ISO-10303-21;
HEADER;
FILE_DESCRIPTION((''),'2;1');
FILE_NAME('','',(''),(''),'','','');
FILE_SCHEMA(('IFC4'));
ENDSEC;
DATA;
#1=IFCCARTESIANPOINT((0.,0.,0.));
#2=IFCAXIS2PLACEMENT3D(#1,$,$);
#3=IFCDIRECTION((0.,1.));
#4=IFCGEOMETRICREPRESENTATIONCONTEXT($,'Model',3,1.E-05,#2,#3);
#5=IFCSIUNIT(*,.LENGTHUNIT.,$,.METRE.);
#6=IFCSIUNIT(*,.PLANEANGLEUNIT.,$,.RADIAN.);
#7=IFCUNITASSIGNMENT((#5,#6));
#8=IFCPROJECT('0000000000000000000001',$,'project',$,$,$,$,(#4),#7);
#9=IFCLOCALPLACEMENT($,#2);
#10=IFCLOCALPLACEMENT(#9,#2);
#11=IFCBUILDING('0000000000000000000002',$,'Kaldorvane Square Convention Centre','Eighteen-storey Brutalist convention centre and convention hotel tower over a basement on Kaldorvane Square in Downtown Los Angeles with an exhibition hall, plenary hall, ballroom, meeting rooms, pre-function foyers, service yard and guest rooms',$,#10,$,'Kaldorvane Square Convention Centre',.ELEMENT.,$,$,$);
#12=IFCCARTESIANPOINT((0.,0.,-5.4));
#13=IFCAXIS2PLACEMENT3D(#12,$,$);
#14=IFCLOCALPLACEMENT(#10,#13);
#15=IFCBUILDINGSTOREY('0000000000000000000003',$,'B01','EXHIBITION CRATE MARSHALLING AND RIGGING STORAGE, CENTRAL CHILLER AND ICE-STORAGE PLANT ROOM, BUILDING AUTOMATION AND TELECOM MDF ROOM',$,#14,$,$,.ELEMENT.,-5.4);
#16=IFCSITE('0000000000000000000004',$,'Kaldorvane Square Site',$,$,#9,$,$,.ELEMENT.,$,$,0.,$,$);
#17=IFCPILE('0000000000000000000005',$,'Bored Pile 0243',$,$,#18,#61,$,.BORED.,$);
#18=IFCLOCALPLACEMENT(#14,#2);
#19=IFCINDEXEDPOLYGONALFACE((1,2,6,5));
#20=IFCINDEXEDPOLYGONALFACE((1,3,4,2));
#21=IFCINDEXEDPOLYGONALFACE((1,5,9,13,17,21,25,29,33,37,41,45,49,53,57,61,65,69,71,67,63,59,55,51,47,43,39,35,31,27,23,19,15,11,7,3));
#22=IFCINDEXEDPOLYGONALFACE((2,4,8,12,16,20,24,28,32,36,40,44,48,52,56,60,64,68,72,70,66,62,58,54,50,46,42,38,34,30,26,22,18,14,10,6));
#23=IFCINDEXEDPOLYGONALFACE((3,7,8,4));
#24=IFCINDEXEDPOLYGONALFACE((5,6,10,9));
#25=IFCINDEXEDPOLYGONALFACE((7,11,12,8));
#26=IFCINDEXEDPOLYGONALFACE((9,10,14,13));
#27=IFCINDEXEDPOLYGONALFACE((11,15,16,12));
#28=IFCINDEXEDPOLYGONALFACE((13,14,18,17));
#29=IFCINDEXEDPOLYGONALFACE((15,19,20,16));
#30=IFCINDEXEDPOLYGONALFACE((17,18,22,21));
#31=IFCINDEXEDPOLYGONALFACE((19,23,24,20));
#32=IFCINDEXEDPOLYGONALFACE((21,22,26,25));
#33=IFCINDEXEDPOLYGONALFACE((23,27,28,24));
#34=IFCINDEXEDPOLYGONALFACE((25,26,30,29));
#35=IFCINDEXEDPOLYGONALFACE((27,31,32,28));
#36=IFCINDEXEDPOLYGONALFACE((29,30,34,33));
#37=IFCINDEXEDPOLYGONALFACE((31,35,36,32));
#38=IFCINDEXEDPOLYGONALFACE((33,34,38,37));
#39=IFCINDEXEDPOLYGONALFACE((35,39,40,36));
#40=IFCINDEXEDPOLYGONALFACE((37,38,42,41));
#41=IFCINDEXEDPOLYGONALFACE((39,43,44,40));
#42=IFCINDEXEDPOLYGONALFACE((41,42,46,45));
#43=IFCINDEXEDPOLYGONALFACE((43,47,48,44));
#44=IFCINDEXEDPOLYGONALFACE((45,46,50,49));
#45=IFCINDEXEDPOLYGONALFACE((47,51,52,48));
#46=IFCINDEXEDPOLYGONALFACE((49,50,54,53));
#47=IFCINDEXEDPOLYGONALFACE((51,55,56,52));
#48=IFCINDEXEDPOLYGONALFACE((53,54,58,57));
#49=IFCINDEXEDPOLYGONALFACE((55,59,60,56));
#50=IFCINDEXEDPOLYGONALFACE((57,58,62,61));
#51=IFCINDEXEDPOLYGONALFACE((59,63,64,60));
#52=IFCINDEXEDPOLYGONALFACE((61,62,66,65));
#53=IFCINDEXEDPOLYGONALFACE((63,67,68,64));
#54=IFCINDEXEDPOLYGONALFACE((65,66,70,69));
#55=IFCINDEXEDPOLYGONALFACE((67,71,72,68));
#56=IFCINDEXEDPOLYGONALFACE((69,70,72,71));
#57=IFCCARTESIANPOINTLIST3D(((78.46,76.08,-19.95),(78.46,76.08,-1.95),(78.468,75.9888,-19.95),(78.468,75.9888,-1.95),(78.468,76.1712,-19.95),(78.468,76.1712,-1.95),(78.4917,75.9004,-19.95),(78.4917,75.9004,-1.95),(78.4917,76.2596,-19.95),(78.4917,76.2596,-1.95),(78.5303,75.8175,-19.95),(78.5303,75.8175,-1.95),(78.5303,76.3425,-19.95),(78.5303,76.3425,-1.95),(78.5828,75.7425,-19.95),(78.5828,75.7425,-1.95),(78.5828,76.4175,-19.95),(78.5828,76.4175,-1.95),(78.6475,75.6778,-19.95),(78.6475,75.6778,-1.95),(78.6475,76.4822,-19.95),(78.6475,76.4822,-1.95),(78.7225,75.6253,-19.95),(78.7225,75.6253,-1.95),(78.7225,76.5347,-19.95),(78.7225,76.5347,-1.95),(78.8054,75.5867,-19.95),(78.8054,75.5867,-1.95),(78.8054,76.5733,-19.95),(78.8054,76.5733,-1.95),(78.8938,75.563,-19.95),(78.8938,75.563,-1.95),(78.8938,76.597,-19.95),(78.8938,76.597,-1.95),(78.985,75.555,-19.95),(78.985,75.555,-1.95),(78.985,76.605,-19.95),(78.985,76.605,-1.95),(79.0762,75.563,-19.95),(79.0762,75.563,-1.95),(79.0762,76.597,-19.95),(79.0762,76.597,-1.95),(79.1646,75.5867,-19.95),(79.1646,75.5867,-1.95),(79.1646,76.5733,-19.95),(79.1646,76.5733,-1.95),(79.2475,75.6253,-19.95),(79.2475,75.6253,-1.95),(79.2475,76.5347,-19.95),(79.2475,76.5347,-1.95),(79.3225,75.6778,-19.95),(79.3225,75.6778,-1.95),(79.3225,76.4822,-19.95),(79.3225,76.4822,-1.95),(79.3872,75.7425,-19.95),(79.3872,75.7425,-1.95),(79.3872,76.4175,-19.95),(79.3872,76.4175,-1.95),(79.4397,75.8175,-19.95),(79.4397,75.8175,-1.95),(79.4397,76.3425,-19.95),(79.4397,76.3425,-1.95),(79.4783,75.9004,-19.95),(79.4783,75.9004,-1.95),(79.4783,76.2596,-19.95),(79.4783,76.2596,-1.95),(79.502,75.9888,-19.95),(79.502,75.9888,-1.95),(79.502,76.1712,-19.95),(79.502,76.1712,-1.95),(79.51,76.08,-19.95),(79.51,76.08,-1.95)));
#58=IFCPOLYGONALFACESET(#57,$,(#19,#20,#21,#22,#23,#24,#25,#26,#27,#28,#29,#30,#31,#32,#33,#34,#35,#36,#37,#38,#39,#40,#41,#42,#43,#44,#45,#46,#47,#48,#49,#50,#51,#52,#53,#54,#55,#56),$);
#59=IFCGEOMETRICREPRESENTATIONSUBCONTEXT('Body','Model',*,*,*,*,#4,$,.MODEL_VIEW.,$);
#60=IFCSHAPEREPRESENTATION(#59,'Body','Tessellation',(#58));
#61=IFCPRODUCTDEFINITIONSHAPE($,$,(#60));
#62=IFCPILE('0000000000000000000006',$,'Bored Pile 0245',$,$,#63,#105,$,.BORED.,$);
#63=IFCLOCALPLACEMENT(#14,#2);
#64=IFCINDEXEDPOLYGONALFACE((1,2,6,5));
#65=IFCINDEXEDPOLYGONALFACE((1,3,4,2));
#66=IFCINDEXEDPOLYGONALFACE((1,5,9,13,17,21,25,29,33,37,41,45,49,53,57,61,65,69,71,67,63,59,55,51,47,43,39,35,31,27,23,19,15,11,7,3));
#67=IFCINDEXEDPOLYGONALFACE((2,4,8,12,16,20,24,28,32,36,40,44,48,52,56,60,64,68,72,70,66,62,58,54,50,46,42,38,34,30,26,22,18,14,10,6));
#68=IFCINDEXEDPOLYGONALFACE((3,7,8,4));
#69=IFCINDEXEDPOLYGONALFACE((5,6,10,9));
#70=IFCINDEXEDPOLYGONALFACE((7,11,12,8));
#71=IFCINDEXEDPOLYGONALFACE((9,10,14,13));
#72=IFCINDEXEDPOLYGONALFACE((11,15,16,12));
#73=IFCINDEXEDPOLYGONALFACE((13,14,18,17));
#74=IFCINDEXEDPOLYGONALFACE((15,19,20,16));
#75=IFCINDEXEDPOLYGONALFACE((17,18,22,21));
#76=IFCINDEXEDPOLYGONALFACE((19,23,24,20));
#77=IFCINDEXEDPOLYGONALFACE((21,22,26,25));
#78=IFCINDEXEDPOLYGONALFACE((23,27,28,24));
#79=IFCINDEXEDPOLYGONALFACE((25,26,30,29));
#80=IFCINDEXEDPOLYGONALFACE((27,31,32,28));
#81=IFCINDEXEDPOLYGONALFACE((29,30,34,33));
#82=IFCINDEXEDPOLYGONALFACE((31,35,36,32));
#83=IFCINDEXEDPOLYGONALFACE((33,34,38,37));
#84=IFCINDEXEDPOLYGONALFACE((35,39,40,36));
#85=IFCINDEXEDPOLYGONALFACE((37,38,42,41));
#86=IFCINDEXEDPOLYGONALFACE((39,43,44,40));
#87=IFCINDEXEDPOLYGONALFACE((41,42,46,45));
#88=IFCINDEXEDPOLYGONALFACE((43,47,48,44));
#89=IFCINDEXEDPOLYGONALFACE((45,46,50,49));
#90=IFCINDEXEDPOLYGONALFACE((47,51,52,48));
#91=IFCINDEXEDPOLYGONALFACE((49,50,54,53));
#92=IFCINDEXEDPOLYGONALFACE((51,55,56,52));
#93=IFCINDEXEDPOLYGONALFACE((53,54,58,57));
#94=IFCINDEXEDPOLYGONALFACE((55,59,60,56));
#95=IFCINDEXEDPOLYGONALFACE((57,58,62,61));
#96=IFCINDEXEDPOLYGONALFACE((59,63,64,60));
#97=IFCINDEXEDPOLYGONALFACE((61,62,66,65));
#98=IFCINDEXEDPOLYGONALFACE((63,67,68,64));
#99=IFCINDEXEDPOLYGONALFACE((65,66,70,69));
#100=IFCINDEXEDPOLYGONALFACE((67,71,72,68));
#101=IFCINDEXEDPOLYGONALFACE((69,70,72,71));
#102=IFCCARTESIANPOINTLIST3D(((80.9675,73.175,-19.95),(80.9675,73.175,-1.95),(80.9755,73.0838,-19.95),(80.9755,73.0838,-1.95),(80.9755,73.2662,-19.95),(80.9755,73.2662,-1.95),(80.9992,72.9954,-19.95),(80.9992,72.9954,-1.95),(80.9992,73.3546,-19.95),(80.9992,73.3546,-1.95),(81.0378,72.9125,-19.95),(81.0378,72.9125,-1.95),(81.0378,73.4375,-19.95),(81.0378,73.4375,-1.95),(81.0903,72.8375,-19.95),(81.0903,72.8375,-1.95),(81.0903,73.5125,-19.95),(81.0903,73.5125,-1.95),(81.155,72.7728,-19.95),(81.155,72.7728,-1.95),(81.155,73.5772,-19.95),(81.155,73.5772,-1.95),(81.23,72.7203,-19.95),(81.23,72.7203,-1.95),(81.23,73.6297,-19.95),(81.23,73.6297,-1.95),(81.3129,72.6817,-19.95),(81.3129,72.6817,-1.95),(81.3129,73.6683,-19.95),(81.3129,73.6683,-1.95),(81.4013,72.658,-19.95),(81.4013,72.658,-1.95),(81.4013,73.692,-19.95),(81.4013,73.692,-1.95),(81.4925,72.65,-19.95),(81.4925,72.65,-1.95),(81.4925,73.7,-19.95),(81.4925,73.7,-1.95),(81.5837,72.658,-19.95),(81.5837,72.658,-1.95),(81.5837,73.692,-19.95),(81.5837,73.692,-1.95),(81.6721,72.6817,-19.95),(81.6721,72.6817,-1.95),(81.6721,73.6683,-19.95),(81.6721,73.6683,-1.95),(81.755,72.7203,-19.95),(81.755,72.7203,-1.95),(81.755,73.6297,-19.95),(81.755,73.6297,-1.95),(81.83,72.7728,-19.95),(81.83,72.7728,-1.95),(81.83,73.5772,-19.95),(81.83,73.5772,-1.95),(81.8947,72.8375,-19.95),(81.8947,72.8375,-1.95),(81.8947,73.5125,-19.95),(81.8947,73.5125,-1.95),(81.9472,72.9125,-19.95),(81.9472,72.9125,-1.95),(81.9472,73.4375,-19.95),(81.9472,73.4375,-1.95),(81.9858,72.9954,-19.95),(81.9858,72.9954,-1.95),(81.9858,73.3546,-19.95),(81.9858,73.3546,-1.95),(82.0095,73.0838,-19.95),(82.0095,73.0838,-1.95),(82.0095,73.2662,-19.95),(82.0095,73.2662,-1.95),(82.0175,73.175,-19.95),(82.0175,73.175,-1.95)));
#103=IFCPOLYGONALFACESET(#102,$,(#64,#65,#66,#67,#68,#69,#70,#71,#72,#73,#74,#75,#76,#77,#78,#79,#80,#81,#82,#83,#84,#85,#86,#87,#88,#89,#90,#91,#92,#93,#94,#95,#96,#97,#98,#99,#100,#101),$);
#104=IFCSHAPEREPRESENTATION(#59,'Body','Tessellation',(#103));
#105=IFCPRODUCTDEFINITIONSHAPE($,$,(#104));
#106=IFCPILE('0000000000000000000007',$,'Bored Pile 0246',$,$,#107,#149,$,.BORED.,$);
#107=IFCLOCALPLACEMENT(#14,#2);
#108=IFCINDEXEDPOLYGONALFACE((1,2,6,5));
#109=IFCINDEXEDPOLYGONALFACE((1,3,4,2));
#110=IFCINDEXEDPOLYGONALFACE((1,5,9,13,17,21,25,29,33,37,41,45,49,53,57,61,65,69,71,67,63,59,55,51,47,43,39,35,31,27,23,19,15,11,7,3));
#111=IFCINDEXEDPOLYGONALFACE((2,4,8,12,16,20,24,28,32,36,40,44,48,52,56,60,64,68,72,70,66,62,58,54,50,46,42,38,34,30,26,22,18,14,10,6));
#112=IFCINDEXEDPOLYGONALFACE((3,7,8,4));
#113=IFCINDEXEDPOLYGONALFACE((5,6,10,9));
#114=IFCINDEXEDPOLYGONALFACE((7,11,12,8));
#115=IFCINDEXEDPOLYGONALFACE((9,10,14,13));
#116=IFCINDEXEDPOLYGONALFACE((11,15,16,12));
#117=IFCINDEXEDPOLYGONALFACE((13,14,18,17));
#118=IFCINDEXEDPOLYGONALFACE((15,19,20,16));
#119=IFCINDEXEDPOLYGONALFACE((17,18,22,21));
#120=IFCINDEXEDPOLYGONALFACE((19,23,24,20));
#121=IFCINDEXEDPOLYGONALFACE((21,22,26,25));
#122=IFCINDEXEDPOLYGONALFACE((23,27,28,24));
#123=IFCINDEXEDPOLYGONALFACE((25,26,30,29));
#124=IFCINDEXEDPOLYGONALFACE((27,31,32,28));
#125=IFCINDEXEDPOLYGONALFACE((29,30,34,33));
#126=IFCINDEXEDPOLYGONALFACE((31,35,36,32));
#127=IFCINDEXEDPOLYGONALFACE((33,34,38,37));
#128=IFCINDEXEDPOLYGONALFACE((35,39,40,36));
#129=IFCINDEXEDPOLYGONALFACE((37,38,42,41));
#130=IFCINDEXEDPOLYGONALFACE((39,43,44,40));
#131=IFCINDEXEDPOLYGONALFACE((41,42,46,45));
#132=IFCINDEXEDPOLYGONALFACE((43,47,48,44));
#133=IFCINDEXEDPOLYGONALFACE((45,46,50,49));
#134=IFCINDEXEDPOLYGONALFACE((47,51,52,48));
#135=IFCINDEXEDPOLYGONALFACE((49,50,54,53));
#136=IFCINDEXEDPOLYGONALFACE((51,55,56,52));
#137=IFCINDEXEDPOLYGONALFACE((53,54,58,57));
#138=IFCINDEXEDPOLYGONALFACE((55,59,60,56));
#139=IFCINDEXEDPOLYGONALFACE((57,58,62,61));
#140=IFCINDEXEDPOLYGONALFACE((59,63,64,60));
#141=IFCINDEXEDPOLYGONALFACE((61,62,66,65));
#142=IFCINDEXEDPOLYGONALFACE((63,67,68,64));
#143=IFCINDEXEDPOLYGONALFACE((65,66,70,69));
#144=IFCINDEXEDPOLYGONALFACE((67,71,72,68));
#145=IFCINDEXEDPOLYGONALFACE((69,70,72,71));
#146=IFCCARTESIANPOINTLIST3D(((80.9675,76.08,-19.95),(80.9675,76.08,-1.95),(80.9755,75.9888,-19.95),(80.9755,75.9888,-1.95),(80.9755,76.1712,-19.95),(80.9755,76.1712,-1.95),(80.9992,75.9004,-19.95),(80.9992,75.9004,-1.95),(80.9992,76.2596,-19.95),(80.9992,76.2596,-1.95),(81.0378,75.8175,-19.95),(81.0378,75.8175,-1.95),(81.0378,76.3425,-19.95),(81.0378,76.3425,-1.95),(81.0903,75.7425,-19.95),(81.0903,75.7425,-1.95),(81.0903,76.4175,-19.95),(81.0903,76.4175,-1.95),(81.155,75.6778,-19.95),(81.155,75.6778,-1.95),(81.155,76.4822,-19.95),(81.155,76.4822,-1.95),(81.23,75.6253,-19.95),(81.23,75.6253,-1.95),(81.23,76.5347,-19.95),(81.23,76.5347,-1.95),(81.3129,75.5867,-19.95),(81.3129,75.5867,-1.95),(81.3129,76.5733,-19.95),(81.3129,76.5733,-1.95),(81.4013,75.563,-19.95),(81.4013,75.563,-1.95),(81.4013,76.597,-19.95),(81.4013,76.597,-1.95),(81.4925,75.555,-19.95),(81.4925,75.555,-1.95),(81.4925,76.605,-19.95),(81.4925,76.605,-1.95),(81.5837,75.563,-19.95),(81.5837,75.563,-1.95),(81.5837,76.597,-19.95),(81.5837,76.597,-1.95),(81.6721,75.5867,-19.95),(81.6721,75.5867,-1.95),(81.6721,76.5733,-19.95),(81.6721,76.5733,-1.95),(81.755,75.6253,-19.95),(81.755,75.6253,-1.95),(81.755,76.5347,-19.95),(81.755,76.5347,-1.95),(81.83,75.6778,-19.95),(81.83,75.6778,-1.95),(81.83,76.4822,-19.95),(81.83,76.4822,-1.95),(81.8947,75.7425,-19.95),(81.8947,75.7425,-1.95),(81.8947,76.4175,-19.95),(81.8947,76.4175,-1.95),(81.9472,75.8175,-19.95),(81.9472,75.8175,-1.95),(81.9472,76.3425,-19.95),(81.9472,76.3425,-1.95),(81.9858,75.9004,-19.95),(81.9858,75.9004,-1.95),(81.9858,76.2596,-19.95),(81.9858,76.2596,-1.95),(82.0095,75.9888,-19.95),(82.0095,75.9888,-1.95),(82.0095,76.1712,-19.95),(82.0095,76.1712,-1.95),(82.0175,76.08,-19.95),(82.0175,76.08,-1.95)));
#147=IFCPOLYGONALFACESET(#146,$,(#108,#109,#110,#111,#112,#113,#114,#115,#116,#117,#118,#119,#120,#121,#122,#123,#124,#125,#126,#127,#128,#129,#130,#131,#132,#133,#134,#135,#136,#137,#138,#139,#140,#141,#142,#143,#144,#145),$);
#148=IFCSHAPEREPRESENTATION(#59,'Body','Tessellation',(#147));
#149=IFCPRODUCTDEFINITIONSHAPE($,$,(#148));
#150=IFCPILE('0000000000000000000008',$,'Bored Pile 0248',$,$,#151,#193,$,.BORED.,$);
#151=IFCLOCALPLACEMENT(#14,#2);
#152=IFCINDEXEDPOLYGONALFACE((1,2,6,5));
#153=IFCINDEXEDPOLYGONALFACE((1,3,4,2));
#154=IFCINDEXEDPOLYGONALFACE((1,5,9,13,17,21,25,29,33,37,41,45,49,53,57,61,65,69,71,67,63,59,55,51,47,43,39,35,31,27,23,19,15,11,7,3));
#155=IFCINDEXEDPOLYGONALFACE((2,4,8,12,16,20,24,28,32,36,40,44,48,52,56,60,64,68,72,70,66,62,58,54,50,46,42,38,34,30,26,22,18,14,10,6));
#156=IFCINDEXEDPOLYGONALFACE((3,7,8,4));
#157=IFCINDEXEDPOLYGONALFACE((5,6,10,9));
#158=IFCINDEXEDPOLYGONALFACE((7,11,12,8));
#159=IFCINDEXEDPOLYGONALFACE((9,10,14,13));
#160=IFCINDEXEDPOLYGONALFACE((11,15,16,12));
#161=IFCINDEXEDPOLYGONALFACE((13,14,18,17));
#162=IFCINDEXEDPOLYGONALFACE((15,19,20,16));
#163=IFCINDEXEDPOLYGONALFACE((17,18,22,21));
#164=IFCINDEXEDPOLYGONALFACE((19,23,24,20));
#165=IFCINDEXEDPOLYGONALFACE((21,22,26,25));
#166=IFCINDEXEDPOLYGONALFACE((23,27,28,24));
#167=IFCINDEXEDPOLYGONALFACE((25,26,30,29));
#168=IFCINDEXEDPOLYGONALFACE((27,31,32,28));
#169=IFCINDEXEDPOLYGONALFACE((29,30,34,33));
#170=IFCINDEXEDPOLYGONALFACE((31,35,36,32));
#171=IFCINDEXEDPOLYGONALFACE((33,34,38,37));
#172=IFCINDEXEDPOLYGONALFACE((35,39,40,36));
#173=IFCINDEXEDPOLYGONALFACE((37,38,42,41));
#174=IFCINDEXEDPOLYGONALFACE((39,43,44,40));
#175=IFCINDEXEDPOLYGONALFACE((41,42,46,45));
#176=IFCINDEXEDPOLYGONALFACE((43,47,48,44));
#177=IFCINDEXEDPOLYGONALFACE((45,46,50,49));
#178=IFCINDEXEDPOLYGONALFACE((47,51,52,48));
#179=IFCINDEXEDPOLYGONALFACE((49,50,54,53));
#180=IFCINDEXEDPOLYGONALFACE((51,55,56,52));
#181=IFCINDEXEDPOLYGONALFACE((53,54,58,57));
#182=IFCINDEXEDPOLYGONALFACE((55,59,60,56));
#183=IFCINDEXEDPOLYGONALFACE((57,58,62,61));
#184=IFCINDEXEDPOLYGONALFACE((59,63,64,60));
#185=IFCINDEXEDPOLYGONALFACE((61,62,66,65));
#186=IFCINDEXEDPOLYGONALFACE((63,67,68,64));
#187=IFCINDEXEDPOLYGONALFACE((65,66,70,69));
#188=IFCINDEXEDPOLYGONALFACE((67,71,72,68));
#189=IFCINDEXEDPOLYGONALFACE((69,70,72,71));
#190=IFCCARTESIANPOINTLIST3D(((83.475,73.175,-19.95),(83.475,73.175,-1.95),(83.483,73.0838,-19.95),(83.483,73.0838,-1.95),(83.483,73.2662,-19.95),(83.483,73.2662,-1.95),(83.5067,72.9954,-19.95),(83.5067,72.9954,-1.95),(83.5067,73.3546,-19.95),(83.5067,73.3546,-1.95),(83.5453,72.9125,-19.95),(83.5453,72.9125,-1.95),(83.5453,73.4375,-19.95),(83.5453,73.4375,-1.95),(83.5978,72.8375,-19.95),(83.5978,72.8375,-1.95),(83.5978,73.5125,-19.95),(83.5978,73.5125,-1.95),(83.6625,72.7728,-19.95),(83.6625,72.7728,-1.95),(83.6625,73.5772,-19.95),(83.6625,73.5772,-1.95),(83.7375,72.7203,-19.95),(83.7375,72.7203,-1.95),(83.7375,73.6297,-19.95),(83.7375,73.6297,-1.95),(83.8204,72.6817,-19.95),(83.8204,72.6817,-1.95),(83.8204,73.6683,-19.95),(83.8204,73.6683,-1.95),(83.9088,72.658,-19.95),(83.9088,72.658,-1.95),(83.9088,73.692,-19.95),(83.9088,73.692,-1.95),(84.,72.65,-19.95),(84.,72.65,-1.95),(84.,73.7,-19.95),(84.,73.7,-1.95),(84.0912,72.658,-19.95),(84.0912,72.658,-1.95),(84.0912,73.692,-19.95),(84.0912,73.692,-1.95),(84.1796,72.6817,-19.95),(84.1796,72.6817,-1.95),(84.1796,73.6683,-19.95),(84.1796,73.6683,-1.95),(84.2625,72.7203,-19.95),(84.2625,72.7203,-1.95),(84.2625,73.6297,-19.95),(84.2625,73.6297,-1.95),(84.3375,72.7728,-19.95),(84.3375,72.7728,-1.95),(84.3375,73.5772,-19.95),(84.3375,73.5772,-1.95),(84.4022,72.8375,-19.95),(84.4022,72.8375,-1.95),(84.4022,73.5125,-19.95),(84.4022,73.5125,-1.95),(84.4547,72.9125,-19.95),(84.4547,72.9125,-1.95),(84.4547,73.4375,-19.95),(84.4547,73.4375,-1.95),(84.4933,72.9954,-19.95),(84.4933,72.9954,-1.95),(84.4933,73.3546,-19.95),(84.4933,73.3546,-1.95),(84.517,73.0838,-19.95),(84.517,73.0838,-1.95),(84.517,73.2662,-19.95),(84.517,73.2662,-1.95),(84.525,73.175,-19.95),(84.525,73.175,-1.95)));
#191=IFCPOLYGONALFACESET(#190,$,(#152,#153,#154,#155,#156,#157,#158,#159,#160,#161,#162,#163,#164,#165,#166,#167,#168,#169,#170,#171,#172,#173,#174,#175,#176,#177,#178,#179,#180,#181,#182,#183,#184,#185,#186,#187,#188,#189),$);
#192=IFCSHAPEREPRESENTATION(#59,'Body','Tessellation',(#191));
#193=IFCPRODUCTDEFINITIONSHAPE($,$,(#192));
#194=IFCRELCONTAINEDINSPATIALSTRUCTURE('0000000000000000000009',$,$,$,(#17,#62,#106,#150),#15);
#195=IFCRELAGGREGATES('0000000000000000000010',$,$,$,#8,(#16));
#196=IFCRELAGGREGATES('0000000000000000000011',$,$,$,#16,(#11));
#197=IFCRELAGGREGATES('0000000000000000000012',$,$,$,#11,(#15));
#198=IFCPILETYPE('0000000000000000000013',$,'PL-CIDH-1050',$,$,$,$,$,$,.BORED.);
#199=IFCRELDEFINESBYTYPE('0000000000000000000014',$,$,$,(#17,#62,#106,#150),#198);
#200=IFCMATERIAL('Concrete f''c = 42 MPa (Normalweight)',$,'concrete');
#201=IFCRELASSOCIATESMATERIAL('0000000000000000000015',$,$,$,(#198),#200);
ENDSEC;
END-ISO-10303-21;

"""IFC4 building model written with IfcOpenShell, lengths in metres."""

from ifc_helpers import new_model, si_unit, direction, frame, origin, origin_2d, place, context, subcontext, project, spatial, circle, extrude, material, material_profile, profile_set, type_object, element, save


model = new_model("IFC4")

# Units and contexts
model_context = context("Model", 3, precision=1e-05, world=origin(), true_north=direction((0.0, 1.0)))
body_context = subcontext(model_context, "Body", "Model", "MODEL_VIEW")
ifc_project = project(units=[si_unit("LENGTHUNIT", "METRE"), si_unit("PLANEANGLEUNIT", "RADIAN")], contexts=[model_context])

# Site, building, storey
site_placement = place(None, origin())
site = spatial("IfcSite", under=ifc_project, at=site_placement, Name="Kaldorvane Square Site", CompositionType="ELEMENT", RefElevation=0.0)
building_placement = place(site_placement, origin())
building = spatial("IfcBuilding", under=site, at=building_placement, Name="Kaldorvane Square Convention Centre", Description="Eighteen-storey Brutalist convention centre and convention hotel tower over a basement on Kaldorvane Square in Downtown Los Angeles with an exhibition hall, plenary hall, ballroom, meeting rooms, pre-function foyers, service yard and guest rooms", LongName="Kaldorvane Square Convention Centre", CompositionType="ELEMENT")
storey_placement = place(building_placement, frame((0.0, 0.0, -5.4)))
storey = spatial("IfcBuildingStorey", under=building, at=storey_placement, Name="B01", Description="EXHIBITION CRATE MARSHALLING AND RIGGING STORAGE, CENTRAL CHILLER AND ICE-STORAGE PLANT ROOM, BUILDING AUTOMATION AND TELECOM MDF ROOM", CompositionType="ELEMENT", Elevation=-5.4)

# Shared definitions
ifc_material_1 = material(Name="Concrete f'c = 42 MPa (Normalweight)", Category="concrete")

# Piles
ifc_material_profile_1 = material_profile(ifc_material_1, circle(Radius=0.525, at=origin_2d()), Name="PILE-D1050")
ifc_profile_set_1 = profile_set([ifc_material_profile_1], Name="Concrete f'c = 42 MPa (Normalweight)")
pile_type_1 = type_object("IfcPileType", Name="PL-CIDH-1050", PredefinedType="BORED", material=ifc_profile_set_1)
for number, where, z_axis, x_axis, name in (
    (1, (78.985, 76.08, -1.95), (0.0, 0.0, -1.0), (1.0, 0.0, 0.0), "Bored Pile 0243"),
    (2, (81.4925, 73.175, -1.95), (0.0, 0.0, -1.0), (1.0, 0.0, 0.0), "Bored Pile 0245"),
    (3, (81.4925, 76.08, -1.95), (0.0, 0.0, -1.0), (1.0, 0.0, 0.0), "Bored Pile 0246"),
    (4, (84.0, 73.175, -1.95), (0.0, 0.0, -1.0), (1.0, 0.0, 0.0), "Bored Pile 0248"),
):
    element("IfcPile", number, at=place(storey_placement, frame(where, z_axis=z_axis, x_axis=x_axis)), inside=storey, type_object=pile_type_1, Name=name, PredefinedType="BORED", context=body_context, shape_type="SweptSolid", body=[
        extrude(circle(Radius=0.525, at=origin_2d()), origin(), (0.0, 0.0, 1.0), 18.0),
    ])

save(model, "model.ifc")
